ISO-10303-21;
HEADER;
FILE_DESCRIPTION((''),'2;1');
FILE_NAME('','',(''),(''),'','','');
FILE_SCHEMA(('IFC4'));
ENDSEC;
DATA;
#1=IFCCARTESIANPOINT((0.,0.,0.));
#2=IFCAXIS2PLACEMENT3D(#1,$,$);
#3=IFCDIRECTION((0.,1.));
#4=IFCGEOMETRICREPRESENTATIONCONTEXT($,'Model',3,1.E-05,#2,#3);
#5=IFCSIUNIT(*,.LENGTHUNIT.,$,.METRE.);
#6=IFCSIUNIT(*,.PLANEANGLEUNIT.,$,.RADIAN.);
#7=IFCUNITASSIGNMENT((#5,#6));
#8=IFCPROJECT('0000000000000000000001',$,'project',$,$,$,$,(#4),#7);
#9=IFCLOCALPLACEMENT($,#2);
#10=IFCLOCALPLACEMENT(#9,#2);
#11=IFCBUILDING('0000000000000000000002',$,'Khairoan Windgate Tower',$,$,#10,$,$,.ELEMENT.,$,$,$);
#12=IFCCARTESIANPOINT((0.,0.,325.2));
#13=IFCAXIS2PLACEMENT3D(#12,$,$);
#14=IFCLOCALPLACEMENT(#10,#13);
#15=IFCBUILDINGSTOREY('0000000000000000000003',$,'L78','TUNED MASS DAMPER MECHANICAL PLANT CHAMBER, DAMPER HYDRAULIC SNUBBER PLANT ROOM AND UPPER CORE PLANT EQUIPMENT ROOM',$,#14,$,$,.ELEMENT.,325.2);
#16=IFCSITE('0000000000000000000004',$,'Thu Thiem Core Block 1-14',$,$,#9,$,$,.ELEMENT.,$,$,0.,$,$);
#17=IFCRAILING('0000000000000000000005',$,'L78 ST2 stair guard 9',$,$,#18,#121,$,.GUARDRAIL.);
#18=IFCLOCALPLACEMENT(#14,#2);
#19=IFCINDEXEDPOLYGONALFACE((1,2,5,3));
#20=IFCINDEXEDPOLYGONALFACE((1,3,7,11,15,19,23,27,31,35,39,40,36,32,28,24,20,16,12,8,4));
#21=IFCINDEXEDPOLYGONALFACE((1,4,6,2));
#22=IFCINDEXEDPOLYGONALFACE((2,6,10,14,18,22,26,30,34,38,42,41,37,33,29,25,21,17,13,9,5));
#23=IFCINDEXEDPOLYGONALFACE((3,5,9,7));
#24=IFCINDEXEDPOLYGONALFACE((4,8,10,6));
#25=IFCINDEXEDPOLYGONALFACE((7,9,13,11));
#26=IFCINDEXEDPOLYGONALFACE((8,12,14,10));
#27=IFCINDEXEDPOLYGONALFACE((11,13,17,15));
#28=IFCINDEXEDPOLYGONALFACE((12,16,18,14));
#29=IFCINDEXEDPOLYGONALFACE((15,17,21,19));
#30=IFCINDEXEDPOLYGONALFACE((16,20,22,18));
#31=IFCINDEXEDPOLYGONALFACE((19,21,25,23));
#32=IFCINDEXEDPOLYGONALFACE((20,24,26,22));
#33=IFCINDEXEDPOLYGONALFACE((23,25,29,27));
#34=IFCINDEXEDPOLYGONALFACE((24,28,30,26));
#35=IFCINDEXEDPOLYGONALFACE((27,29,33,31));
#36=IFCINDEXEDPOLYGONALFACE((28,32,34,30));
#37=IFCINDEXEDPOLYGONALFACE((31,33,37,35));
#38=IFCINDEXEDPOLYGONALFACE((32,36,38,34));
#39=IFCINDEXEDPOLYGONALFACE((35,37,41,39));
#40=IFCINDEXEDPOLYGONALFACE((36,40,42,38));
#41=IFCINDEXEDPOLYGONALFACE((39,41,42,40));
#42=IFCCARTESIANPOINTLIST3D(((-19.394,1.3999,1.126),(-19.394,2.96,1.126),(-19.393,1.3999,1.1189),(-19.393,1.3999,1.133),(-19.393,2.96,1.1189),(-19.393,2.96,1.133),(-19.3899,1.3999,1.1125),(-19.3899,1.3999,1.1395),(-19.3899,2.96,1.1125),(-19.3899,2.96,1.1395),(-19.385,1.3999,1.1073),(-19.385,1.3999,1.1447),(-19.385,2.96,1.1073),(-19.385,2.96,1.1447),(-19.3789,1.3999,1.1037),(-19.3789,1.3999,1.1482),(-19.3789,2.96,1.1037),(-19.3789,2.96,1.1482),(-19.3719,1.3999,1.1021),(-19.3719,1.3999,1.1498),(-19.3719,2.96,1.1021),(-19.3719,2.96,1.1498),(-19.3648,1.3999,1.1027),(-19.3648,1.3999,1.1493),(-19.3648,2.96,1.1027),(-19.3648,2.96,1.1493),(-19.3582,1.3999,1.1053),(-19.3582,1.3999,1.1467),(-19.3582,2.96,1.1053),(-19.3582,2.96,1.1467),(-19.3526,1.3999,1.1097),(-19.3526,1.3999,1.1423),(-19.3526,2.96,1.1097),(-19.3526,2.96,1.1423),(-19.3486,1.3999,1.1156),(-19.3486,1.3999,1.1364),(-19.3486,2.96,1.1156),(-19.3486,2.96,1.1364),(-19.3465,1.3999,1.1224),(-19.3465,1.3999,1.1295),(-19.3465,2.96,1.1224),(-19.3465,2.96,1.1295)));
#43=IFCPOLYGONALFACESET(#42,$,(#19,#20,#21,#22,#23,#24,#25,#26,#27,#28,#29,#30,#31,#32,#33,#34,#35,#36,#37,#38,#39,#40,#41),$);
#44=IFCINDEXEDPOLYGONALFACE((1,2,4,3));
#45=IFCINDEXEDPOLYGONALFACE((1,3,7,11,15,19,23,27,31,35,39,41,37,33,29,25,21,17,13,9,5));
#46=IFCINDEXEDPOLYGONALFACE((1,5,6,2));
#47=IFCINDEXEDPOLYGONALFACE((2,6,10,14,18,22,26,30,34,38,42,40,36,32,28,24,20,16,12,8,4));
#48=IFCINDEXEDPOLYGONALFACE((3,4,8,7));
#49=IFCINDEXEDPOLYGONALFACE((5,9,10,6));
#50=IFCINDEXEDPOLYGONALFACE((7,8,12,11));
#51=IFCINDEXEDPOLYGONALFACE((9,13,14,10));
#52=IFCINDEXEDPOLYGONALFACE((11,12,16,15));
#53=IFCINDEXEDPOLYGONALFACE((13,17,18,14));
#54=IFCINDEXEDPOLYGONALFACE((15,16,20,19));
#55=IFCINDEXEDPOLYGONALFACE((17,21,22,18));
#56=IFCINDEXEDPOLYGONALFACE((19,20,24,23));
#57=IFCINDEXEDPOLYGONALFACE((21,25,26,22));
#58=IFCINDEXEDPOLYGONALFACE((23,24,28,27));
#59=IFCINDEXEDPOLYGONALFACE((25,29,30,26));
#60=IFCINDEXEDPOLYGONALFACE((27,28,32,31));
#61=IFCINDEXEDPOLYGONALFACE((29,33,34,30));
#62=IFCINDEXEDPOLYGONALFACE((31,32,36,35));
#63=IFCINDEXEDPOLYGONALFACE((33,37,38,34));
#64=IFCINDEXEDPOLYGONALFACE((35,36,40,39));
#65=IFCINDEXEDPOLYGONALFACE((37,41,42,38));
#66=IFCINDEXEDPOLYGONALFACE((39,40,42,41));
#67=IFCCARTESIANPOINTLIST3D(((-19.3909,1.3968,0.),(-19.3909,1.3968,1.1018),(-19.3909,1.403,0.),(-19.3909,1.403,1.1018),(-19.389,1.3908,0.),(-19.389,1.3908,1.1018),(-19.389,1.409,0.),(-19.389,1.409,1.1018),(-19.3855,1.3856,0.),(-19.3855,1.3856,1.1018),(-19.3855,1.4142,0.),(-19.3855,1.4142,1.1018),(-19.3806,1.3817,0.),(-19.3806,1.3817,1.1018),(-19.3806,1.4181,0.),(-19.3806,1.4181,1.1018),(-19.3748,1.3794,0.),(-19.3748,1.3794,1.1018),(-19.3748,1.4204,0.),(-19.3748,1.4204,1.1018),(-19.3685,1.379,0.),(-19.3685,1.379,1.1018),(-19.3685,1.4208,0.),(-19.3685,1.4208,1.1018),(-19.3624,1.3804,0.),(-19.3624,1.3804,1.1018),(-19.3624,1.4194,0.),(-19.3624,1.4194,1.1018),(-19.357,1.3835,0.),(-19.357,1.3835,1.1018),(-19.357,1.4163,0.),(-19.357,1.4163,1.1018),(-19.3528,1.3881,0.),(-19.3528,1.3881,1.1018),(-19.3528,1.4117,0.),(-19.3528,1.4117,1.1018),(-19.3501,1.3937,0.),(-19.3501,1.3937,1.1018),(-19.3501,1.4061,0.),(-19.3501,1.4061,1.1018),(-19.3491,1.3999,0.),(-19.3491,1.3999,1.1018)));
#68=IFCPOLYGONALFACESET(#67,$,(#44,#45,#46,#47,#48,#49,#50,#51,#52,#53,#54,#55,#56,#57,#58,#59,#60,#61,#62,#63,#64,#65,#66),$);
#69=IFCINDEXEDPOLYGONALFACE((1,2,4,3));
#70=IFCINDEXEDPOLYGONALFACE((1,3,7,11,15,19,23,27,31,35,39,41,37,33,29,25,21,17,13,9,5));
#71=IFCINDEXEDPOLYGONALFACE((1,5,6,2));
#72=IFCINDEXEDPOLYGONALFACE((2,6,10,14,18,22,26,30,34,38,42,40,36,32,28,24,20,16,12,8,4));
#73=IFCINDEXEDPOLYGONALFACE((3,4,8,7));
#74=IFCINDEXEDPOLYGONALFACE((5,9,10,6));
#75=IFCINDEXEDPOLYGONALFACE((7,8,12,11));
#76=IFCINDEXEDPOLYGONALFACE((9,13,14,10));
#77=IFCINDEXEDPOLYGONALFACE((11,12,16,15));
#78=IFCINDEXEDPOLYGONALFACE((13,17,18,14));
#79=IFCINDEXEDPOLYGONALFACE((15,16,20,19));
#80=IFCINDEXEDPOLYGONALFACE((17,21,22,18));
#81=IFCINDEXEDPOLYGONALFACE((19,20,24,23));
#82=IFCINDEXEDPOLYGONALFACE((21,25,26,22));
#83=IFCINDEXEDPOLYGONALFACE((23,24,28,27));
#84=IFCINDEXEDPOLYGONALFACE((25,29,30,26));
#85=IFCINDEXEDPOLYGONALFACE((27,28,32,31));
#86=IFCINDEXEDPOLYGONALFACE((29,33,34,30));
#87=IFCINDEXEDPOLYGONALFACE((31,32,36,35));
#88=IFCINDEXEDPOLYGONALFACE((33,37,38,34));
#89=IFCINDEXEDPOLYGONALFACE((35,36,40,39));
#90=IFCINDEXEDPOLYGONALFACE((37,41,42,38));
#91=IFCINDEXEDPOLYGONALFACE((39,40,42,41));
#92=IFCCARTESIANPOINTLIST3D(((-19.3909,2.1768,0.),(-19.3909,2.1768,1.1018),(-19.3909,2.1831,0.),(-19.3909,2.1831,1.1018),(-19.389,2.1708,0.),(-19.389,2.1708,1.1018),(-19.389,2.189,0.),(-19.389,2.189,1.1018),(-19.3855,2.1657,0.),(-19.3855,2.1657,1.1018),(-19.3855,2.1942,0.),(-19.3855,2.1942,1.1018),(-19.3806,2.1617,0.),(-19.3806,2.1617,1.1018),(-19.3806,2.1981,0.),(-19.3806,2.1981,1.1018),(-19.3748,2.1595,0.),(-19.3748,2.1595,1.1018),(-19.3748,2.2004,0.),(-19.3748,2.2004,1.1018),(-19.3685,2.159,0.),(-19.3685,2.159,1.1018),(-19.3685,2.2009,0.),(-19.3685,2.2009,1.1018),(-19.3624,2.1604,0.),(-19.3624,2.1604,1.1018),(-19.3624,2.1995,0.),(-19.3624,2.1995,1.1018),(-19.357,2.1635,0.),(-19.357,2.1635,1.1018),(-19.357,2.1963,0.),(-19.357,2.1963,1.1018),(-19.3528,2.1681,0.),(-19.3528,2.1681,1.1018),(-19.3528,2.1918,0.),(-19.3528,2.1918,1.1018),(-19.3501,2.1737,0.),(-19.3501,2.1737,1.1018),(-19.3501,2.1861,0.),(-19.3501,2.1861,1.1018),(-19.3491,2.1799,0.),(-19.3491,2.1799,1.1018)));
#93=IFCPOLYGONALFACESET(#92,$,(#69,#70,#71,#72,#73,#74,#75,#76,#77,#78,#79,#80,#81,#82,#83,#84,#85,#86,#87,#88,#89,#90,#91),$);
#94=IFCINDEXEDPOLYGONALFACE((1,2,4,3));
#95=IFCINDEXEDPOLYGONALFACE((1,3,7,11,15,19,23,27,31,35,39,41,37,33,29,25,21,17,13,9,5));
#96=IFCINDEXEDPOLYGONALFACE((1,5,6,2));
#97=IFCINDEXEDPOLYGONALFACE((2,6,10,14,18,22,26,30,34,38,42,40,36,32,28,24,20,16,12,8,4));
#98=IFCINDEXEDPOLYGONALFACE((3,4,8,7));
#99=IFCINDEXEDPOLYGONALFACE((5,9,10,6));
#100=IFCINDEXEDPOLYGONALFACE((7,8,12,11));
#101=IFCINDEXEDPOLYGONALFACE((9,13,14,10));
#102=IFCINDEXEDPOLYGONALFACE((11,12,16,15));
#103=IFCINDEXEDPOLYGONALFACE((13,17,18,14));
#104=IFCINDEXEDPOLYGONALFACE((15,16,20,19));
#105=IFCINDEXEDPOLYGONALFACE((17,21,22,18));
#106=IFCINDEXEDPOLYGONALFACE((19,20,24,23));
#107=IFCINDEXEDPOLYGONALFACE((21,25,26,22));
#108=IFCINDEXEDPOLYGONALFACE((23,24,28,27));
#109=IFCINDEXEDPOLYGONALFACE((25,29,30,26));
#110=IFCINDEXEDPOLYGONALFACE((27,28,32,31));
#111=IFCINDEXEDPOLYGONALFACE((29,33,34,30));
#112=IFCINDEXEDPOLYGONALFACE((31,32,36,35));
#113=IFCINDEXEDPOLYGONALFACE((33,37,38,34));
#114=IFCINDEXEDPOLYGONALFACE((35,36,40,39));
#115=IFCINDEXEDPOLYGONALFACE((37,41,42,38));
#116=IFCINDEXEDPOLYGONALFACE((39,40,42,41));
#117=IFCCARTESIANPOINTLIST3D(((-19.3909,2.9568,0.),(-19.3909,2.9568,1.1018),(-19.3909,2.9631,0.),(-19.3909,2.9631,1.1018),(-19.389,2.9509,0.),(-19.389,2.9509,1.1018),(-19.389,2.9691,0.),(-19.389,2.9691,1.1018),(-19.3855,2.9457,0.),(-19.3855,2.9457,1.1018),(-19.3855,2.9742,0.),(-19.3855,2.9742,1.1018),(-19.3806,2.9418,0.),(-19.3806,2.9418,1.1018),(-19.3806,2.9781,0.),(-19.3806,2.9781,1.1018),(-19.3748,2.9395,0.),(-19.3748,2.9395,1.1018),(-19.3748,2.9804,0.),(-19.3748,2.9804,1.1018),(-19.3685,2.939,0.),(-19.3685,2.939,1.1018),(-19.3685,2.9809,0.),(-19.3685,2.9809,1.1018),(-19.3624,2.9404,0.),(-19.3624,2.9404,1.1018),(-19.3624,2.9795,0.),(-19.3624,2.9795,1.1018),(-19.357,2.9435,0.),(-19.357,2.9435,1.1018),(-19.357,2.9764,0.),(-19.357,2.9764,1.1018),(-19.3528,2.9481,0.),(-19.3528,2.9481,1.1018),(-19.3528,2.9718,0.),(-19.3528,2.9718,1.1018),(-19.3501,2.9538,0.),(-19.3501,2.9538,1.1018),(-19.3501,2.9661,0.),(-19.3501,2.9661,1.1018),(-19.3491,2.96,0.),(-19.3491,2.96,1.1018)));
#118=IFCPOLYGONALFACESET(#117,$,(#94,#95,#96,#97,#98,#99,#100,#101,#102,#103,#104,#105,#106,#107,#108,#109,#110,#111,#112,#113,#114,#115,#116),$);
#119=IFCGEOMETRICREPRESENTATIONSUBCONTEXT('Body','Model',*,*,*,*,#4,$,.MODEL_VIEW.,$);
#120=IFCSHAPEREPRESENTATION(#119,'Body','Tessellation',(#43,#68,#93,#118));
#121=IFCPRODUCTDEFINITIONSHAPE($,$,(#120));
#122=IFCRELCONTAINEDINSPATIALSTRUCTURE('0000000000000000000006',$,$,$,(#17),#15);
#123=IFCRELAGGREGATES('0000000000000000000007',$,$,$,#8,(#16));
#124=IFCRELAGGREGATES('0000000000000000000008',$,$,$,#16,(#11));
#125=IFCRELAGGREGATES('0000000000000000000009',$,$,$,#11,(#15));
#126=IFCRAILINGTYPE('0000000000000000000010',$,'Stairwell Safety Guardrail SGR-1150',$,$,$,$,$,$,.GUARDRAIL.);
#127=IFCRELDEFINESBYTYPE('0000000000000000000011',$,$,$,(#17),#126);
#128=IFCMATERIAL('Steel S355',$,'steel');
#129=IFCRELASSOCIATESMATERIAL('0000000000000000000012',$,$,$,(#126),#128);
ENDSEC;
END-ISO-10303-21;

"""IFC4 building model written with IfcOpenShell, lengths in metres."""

from ifc_helpers import new_model, si_unit, direction, frame, origin, origin_2d, place, context, subcontext, project, spatial, circle, extrude, material, type_object, element, save


model = new_model("IFC4")

# Units and contexts
model_context = context("Model", 3, precision=1e-05, world=origin(), true_north=direction((0.0, 1.0)))
body_context = subcontext(model_context, "Body", "Model", "MODEL_VIEW")
ifc_project = project(units=[si_unit("LENGTHUNIT", "METRE"), si_unit("PLANEANGLEUNIT", "RADIAN")], contexts=[model_context])

# Site, building, storey
site_placement = place(None, origin())
site = spatial("IfcSite", under=ifc_project, at=site_placement, Name="Thu Thiem Core Block 1-14", CompositionType="ELEMENT", RefElevation=0.0)
building_placement = place(site_placement, origin())
building = spatial("IfcBuilding", under=site, at=building_placement, Name="Khairoan Windgate Tower", CompositionType="ELEMENT")
storey_placement = place(building_placement, frame((0.0, 0.0, 325.2)))
storey = spatial("IfcBuildingStorey", under=building, at=storey_placement, Name="L78", Description="TUNED MASS DAMPER MECHANICAL PLANT CHAMBER, DAMPER HYDRAULIC SNUBBER PLANT ROOM AND UPPER CORE PLANT EQUIPMENT ROOM", CompositionType="ELEMENT", Elevation=325.2)

# Railing
ifc_material_1 = material(Name="Steel S355", Category="steel")
railing_type_1 = type_object("IfcRailingType", Name="Stairwell Safety Guardrail SGR-1150", PredefinedType="GUARDRAIL", material=ifc_material_1)
for number, where, name in (
    (1, (-19.3701, 1.3999, 0.0), "L78 ST2 stair guard 9"),
):
    element("IfcRailing", number, at=place(storey_placement, frame(where)), inside=storey, type_object=railing_type_1, Name=name, PredefinedType="GUARDRAIL", context=body_context, shape_type="SweptSolid", body=[
        extrude(circle(Radius=0.0239, at=origin_2d()), frame((0.0, 0.0, 1.126), z_axis=(0.0, 1.0, 0.0), x_axis=(-1.0, 0.0, 0.0)), (0.0, 0.0, 1.0), 1.5601),
        extrude(circle(Radius=0.021, at=origin_2d()), origin(), (0.0, 0.0, 1.0), 1.1018),
        extrude(circle(Radius=0.021, at=origin_2d()), frame((0.0, 0.78, 0.0)), (0.0, 0.0, 1.0), 1.1018),
        extrude(circle(Radius=0.021, at=origin_2d()), frame((0.0, 1.5601, 0.0)), (0.0, 0.0, 1.0), 1.1018),
    ])

save(model, "model.ifc")
